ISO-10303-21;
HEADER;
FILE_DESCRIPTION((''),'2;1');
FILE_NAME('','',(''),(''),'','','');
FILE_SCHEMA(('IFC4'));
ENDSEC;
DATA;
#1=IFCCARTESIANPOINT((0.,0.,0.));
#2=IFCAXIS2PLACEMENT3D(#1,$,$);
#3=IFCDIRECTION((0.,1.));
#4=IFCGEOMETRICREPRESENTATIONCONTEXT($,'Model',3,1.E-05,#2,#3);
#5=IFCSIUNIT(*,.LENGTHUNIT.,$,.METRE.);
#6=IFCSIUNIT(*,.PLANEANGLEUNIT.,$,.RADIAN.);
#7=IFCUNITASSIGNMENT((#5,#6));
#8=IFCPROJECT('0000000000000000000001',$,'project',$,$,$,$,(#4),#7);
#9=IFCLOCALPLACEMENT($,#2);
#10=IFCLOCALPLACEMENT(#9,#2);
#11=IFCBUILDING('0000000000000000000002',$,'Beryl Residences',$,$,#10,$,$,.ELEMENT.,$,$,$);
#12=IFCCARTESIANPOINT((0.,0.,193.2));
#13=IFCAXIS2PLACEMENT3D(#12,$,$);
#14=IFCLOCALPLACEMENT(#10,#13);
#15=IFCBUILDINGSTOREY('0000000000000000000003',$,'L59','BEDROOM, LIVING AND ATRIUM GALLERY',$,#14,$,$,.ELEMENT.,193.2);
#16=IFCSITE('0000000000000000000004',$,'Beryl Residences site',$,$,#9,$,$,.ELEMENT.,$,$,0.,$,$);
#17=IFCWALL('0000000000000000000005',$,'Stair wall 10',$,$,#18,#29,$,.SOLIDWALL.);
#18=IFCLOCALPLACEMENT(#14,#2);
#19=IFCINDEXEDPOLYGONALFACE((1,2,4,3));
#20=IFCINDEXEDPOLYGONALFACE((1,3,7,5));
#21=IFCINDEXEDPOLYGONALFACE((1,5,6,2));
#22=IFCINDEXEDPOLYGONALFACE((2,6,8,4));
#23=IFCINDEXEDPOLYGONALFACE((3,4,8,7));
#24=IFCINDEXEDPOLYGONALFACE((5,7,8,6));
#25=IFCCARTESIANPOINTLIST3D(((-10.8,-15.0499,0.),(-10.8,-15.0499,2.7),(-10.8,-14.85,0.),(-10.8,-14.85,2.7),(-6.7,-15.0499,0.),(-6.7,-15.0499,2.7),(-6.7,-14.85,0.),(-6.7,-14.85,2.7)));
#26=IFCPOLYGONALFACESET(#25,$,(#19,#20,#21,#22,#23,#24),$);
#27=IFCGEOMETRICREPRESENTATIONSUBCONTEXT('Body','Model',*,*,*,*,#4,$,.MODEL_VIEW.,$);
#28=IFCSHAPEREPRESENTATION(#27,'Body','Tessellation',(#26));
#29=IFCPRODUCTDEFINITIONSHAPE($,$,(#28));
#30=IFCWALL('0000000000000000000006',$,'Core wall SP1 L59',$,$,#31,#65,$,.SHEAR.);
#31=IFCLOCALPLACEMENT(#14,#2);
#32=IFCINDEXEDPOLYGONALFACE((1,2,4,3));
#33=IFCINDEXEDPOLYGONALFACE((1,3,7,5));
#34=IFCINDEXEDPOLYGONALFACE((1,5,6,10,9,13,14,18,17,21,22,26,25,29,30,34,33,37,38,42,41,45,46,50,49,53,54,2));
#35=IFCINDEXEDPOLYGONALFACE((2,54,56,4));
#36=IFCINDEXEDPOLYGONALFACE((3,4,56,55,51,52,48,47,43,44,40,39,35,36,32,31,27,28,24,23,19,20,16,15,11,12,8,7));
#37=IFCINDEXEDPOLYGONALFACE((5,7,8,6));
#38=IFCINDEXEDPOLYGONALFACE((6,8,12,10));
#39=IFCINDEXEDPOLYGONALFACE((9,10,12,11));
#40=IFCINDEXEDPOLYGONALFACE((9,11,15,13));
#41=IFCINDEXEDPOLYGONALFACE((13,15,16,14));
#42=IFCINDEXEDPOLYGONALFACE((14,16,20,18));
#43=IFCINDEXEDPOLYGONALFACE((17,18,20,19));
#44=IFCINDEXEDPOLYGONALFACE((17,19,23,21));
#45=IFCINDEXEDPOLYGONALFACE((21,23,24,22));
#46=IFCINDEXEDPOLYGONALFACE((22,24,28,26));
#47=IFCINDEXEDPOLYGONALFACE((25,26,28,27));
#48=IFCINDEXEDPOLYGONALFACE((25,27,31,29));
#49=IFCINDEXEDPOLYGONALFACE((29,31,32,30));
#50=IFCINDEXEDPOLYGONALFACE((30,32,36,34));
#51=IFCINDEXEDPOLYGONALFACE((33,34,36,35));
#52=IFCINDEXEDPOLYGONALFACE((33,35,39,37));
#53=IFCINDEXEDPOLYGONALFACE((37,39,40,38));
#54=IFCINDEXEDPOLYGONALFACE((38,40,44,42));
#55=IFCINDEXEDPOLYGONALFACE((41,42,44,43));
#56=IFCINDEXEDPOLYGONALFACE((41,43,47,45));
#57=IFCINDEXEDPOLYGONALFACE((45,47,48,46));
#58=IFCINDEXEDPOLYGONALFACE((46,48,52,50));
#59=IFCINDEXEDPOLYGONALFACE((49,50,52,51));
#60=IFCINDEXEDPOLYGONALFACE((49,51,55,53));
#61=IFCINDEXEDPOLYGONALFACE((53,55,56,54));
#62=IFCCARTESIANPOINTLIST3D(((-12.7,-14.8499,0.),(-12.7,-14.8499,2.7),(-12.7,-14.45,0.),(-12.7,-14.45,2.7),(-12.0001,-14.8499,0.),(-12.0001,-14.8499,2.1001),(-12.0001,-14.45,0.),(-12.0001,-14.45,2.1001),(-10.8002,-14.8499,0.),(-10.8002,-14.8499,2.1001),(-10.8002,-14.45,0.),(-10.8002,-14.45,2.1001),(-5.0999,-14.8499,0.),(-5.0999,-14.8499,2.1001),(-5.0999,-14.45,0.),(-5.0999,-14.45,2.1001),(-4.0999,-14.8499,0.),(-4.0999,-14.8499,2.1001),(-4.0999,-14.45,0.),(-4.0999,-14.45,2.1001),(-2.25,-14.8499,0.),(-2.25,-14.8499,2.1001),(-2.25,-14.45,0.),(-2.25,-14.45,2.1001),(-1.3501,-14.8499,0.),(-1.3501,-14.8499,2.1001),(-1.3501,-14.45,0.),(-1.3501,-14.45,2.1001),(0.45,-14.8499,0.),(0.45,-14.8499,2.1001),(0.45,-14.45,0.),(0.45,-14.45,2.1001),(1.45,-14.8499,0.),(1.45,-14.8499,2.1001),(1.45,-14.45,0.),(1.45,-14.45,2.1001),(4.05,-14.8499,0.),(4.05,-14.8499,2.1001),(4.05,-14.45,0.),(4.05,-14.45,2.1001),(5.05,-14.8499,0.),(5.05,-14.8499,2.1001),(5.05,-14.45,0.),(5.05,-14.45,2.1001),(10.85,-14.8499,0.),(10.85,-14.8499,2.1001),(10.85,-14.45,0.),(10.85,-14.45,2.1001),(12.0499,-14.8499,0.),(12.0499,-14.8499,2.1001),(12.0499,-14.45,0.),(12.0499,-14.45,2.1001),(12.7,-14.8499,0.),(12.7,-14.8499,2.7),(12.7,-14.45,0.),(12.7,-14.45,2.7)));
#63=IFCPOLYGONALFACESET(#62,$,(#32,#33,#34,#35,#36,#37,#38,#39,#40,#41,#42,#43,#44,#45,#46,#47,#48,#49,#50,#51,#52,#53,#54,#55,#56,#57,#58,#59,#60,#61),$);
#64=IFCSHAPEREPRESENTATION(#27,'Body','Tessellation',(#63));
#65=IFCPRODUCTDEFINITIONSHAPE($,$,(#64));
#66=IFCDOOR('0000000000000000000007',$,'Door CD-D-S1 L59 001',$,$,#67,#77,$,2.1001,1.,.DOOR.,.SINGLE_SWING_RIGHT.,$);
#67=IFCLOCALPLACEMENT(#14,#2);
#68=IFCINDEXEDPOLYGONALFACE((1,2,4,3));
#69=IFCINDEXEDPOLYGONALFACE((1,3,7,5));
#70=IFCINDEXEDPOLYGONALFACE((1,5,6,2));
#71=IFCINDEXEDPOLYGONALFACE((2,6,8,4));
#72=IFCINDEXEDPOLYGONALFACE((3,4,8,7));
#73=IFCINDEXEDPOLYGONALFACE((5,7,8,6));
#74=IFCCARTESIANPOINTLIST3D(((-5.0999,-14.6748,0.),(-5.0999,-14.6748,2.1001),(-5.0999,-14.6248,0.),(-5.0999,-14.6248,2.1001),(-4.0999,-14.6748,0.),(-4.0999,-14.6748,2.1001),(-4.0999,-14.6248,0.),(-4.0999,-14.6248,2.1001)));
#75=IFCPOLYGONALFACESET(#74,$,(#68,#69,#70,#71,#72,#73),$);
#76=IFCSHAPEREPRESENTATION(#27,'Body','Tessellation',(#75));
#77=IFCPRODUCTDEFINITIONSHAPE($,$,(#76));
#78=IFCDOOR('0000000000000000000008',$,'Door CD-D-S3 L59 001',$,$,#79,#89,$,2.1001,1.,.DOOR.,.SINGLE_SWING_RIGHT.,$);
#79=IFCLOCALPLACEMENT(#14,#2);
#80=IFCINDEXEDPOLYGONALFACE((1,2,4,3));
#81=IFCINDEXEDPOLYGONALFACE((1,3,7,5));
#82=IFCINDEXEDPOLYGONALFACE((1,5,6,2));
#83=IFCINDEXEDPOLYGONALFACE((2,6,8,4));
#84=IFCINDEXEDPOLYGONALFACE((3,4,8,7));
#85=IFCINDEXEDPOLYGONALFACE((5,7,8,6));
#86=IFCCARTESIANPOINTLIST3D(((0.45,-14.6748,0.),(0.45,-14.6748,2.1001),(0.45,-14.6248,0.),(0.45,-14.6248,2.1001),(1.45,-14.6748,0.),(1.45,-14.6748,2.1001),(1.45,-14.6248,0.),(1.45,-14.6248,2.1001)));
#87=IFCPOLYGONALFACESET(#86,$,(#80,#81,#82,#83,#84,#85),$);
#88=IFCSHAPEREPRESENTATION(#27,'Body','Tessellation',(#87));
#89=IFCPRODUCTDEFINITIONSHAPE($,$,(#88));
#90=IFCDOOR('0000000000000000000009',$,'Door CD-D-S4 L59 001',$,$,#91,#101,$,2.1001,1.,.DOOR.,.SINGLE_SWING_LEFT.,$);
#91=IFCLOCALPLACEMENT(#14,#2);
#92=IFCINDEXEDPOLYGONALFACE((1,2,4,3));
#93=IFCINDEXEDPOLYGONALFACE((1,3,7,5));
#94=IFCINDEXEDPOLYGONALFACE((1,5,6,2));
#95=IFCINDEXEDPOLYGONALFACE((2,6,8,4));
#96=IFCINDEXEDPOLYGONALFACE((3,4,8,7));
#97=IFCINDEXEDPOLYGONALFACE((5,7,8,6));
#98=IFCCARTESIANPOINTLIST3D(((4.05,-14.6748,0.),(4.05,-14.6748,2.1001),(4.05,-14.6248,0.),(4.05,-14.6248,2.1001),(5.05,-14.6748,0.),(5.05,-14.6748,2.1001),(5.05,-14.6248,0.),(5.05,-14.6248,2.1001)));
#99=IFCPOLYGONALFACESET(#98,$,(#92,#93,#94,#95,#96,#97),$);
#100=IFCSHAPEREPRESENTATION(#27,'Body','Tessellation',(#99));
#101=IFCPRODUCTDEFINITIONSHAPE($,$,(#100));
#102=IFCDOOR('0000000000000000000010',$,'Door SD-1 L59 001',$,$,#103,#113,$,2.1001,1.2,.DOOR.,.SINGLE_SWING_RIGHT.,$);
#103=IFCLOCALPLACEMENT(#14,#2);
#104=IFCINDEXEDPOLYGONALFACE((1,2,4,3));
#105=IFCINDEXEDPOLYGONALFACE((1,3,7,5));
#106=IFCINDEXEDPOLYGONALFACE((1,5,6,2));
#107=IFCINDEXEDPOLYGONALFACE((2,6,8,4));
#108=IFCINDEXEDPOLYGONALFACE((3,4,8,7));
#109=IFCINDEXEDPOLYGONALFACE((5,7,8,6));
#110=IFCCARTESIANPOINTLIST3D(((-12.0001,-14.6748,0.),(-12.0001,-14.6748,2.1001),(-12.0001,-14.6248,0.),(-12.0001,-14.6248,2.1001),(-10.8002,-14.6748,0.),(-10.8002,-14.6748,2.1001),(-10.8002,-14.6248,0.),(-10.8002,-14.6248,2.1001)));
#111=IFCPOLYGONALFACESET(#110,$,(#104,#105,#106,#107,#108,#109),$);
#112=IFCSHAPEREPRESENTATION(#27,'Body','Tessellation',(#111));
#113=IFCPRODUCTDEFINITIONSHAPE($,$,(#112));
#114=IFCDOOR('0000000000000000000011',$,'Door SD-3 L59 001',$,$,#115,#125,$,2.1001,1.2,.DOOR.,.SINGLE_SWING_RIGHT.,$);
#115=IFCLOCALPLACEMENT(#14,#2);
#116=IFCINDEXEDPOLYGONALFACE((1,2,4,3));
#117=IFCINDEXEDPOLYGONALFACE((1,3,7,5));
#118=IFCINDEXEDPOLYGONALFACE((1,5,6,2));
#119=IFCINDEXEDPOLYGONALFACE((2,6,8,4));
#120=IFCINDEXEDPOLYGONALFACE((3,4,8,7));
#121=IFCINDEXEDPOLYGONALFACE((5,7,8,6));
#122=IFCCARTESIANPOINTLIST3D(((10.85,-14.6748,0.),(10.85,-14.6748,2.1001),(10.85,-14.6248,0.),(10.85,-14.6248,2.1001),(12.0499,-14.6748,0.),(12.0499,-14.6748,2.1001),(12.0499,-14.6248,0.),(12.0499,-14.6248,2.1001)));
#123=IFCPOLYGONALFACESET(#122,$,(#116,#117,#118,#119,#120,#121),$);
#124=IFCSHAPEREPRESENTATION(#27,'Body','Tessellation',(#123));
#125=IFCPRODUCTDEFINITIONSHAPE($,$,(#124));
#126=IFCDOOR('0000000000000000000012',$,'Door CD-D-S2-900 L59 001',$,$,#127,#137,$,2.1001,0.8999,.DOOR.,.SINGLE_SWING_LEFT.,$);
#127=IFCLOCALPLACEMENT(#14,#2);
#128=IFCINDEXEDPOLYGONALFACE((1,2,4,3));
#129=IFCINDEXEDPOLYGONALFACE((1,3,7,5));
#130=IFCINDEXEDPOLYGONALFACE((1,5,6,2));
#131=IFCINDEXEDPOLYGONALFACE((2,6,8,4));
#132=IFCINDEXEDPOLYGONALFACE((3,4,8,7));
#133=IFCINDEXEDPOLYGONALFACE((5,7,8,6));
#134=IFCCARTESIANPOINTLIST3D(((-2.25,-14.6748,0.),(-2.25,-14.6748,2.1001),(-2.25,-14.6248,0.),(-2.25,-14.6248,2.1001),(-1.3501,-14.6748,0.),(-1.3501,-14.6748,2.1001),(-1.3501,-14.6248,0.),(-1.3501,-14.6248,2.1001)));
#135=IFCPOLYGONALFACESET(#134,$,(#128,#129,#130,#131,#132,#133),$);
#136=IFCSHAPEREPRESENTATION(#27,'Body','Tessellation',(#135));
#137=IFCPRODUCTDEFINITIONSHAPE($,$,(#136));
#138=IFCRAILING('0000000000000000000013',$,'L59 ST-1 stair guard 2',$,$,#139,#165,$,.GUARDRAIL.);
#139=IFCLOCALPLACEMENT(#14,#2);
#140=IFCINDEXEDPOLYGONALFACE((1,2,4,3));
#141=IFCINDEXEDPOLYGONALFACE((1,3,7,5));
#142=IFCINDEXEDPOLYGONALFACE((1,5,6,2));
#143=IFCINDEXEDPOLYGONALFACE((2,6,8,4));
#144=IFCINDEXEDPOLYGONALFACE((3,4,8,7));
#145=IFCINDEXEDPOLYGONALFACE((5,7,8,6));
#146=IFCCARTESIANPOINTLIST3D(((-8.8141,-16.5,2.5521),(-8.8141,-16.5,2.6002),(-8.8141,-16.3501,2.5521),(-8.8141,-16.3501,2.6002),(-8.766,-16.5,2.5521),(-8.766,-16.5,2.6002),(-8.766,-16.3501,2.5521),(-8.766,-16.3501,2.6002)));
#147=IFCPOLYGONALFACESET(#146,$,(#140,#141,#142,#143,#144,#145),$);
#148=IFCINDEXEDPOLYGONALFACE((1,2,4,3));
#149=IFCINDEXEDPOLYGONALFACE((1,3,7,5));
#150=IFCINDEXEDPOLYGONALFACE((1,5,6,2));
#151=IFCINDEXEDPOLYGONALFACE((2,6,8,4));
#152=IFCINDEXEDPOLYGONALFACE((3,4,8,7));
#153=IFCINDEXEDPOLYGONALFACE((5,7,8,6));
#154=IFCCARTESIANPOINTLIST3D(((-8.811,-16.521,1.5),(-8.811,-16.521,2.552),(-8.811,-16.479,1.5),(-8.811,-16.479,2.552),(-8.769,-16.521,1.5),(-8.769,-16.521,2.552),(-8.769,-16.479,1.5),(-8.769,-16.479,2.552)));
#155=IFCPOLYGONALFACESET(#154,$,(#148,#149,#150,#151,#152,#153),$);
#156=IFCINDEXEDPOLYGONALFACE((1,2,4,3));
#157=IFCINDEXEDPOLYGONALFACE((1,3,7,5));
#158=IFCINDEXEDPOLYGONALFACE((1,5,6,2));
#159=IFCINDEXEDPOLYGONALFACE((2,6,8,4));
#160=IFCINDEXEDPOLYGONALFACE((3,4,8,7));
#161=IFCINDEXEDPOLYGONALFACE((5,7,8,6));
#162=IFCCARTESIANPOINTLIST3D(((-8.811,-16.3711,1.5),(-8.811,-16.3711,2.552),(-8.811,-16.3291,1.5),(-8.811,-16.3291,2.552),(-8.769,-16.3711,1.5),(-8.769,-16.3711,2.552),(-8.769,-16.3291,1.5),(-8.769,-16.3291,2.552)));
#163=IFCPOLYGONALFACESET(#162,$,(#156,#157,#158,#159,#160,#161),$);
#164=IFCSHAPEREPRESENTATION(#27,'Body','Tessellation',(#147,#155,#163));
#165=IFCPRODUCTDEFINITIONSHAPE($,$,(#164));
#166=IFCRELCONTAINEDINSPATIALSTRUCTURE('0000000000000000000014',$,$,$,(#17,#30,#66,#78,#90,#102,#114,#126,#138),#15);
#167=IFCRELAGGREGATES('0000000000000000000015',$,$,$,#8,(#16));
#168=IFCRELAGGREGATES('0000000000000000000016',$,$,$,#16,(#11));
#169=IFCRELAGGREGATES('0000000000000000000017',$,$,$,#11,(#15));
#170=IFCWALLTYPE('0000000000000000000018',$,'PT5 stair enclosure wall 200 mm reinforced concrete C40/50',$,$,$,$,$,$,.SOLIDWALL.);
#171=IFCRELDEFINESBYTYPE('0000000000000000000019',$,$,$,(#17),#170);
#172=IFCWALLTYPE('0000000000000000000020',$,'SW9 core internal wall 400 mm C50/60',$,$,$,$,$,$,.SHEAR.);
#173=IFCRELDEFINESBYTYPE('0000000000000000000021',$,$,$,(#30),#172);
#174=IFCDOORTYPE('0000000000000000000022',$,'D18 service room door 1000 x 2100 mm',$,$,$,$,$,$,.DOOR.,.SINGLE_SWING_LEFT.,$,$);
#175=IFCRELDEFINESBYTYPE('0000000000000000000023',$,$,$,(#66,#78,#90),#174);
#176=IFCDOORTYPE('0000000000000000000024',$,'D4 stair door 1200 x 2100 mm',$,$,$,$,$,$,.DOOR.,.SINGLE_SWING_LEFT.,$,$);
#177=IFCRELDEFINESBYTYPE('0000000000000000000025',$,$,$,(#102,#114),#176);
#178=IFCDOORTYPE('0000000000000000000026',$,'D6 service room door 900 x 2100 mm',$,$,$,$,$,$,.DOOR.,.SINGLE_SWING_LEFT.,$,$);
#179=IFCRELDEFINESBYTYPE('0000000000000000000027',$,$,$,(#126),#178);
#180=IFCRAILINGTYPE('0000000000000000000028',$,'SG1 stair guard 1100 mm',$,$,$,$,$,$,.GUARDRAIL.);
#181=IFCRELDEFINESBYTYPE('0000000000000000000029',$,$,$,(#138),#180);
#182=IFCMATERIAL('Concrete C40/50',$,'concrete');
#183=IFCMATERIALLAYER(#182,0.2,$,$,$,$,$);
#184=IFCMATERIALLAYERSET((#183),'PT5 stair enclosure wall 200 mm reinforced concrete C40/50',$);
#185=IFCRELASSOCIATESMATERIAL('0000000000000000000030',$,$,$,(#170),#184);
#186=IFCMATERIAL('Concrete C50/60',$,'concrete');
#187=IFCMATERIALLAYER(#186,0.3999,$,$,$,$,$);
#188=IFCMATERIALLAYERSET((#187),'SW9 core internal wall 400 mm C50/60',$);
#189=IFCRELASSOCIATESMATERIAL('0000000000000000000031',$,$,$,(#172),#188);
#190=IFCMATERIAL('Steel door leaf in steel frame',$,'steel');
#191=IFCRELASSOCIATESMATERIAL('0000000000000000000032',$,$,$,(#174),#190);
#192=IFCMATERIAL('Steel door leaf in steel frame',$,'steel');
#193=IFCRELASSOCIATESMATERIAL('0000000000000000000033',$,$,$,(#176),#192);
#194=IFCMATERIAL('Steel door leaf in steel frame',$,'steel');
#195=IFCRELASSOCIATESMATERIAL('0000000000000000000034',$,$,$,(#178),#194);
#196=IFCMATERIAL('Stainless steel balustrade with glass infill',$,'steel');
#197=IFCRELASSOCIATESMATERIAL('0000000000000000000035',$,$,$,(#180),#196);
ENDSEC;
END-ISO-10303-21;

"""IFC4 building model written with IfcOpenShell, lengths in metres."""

from ifc_helpers import new_model, si_unit, direction, frame, frame_2d, origin, origin_2d, place, context, subcontext, project, spatial, rectangle, extrude, material, layer, layer_set, type_object, element, fill, save


model = new_model("IFC4")

# Units and contexts
model_context = context("Model", 3, precision=1e-05, world=origin(), true_north=direction((0.0, 1.0)))
body_context = subcontext(model_context, "Body", "Model", "MODEL_VIEW")
ifc_project = project(units=[si_unit("LENGTHUNIT", "METRE"), si_unit("PLANEANGLEUNIT", "RADIAN")], contexts=[model_context])

# Site, building, storey
site_placement = place(None, origin())
site = spatial("IfcSite", under=ifc_project, at=site_placement, Name="Beryl Residences site", CompositionType="ELEMENT", RefElevation=0.0)
building_placement = place(site_placement, origin())
building = spatial("IfcBuilding", under=site, at=building_placement, Name="Beryl Residences", CompositionType="ELEMENT")
storey_placement = place(building_placement, frame((0.0, 0.0, 193.2)))
storey = spatial("IfcBuildingStorey", under=building, at=storey_placement, Name="L59", Description="BEDROOM, LIVING AND ATRIUM GALLERY", CompositionType="ELEMENT", Elevation=193.2)

# Wall
ifc_material_1 = material(Name="Concrete C40/50", Category="concrete")
ifc_layer_1 = layer(ifc_material_1, 0.2)
ifc_layer_set_1 = layer_set([ifc_layer_1], Name="PT5 stair enclosure wall 200 mm reinforced concrete C40/50")
wall_type_1 = type_object("IfcWallType", Name="PT5 stair enclosure wall 200 mm reinforced concrete C40/50", PredefinedType="SOLIDWALL", material=ifc_layer_set_1)
wall_1_placement = place(storey_placement, frame((-10.8, -14.95, 0.0), z_axis=(0.0, 0.0, 1.0), x_axis=(1.0, 0.0, 0.0)))
element("IfcWall", 1, at=wall_1_placement, inside=storey, type_object=wall_type_1, Name="Stair wall 10", PredefinedType="SOLIDWALL", context=body_context, shape_type="SweptSolid", body=[
    extrude(rectangle(XDim=4.1001, YDim=0.2, at=frame_2d((2.05, 0.0))), origin(), (0.0, 0.0, 1.0), 2.7),
])

# Wall, openings, doors
ifc_material_2 = material(Name="Concrete C50/60", Category="concrete")
ifc_layer_2 = layer(ifc_material_2, 0.3999)
ifc_layer_set_2 = layer_set([ifc_layer_2], Name="SW9 core internal wall 400 mm C50/60")
wall_type_2 = type_object("IfcWallType", Name="SW9 core internal wall 400 mm C50/60", PredefinedType="SHEAR", material=ifc_layer_set_2)
wall_2_placement = place(storey_placement, frame((-12.7, -14.6499, 0.0), z_axis=(0.0, 0.0, 1.0), x_axis=(1.0, 0.0, 0.0)))
wall_2 = element("IfcWall", 2, at=wall_2_placement, inside=storey, type_object=wall_type_2, Name="Core wall SP1 L59", PredefinedType="SHEAR", context=body_context, shape_type="SweptSolid", body=[
    extrude(rectangle(XDim=25.3999, YDim=0.3999, at=frame_2d((12.7, 0.0))), origin(), (0.0, 0.0, 1.0), 2.7),
])
opening_1_placement = place(wall_2_placement, frame((1.8999, 0.0, 0.0), z_axis=(0.0, 0.0, 1.0), x_axis=(-1.0, 0.0, 0.0)))
opening_1 = element("IfcOpeningElement", 3, at=opening_1_placement, cuts=wall_2, PredefinedType="OPENING", context=body_context, shape_type="SweptSolid", body=[
    extrude(rectangle(XDim=1.2, YDim=2.1001, at=frame_2d((0.6001, 1.05))), frame((0.0, 0.21, 0.0), z_axis=(0.0, -1.0, 0.0), x_axis=(1.0, 0.0, 0.0)), (0.0, 0.0, 1.0), 0.4199),
])
opening_2_placement = place(wall_2_placement, frame((24.75, 0.0, 0.0), z_axis=(0.0, 0.0, 1.0), x_axis=(-1.0, 0.0, 0.0)))
opening_2 = element("IfcOpeningElement", 4, at=opening_2_placement, cuts=wall_2, PredefinedType="OPENING", context=body_context, shape_type="SweptSolid", body=[
    extrude(rectangle(XDim=1.2, YDim=2.1001, at=frame_2d((0.6001, 1.05))), frame((0.0, 0.21, 0.0), z_axis=(0.0, -1.0, 0.0), x_axis=(1.0, 0.0, 0.0)), (0.0, 0.0, 1.0), 0.4199),
])
opening_3_placement = place(wall_2_placement, frame((8.6001, 0.0, 0.0), z_axis=(0.0, 0.0, 1.0), x_axis=(-1.0, 0.0, 0.0)))
opening_3 = element("IfcOpeningElement", 5, at=opening_3_placement, cuts=wall_2, PredefinedType="OPENING", context=body_context, shape_type="SweptSolid", body=[
    extrude(rectangle(XDim=1.0, YDim=2.1001, at=frame_2d((0.5, 1.05))), frame((0.0, 0.21, 0.0), z_axis=(0.0, -1.0, 0.0), x_axis=(1.0, 0.0, 0.0)), (0.0, 0.0, 1.0), 0.4199),
])
opening_4_placement = place(wall_2_placement, frame((11.3499, 0.0, 0.0), z_axis=(0.0, 0.0, 1.0), x_axis=(-1.0, 0.0, 0.0)))
opening_4 = element("IfcOpeningElement", 6, at=opening_4_placement, cuts=wall_2, PredefinedType="OPENING", context=body_context, shape_type="SweptSolid", body=[
    extrude(rectangle(XDim=0.8999, YDim=2.1001, at=frame_2d((0.45, 1.05))), frame((0.0, 0.21, 0.0), z_axis=(0.0, -1.0, 0.0), x_axis=(1.0, 0.0, 0.0)), (0.0, 0.0, 1.0), 0.4199),
])
opening_5_placement = place(wall_2_placement, frame((14.1499, 0.0, 0.0), z_axis=(0.0, 0.0, 1.0), x_axis=(-1.0, 0.0, 0.0)))
opening_5 = element("IfcOpeningElement", 7, at=opening_5_placement, cuts=wall_2, PredefinedType="OPENING", context=body_context, shape_type="SweptSolid", body=[
    extrude(rectangle(XDim=1.0, YDim=2.1001, at=frame_2d((0.5, 1.05))), frame((0.0, 0.21, 0.0), z_axis=(0.0, -1.0, 0.0), x_axis=(1.0, 0.0, 0.0)), (0.0, 0.0, 1.0), 0.4199),
])
opening_6_placement = place(wall_2_placement, frame((17.75, 0.0, 0.0), z_axis=(0.0, 0.0, 1.0), x_axis=(-1.0, 0.0, 0.0)))
opening_6 = element("IfcOpeningElement", 8, at=opening_6_placement, cuts=wall_2, PredefinedType="OPENING", context=body_context, shape_type="SweptSolid", body=[
    extrude(rectangle(XDim=1.0, YDim=2.1001, at=frame_2d((0.5, 1.05))), frame((0.0, 0.21, 0.0), z_axis=(0.0, -1.0, 0.0), x_axis=(1.0, 0.0, 0.0)), (0.0, 0.0, 1.0), 0.4199),
])
ifc_material_3 = material(Name="Steel door leaf in steel frame", Category="steel")
door_type_1 = type_object("IfcDoorType", Name="D18 service room door 1000 x 2100 mm", OperationType="SINGLE_SWING_LEFT", PredefinedType="DOOR", material=ifc_material_3)
door_1_placement = place(opening_3_placement, origin())
door_1 = element("IfcDoor", 9, at=door_1_placement, inside=storey, type_object=door_type_1, Name="Door CD-D-S1 L59 001", OperationType="SINGLE_SWING_RIGHT", OverallHeight=2.1001, OverallWidth=1.0, PredefinedType="DOOR", context=body_context, shape_type="SweptSolid", body=[
    extrude(rectangle(XDim=1.0, YDim=2.1001, at=frame_2d((0.5, 1.05))), frame((0.0, 0.0249, 0.0), z_axis=(0.0, -1.0, 0.0), x_axis=(1.0, 0.0, 0.0)), (0.0, 0.0, 1.0), 0.05),
])
fill(opening_3, door_1)
door_2_placement = place(opening_5_placement, origin())
door_2 = element("IfcDoor", 10, at=door_2_placement, inside=storey, type_object=door_type_1, Name="Door CD-D-S3 L59 001", OperationType="SINGLE_SWING_RIGHT", OverallHeight=2.1001, OverallWidth=1.0, PredefinedType="DOOR", context=body_context, shape_type="SweptSolid", body=[
    extrude(rectangle(XDim=1.0, YDim=2.1001, at=frame_2d((0.5, 1.05))), frame((0.0, 0.0249, 0.0), z_axis=(0.0, -1.0, 0.0), x_axis=(1.0, 0.0, 0.0)), (0.0, 0.0, 1.0), 0.05),
])
fill(opening_5, door_2)
door_3_placement = place(opening_6_placement, origin())
door_3 = element("IfcDoor", 11, at=door_3_placement, inside=storey, type_object=door_type_1, Name="Door CD-D-S4 L59 001", OperationType="SINGLE_SWING_LEFT", OverallHeight=2.1001, OverallWidth=1.0, PredefinedType="DOOR", context=body_context, shape_type="SweptSolid", body=[
    extrude(rectangle(XDim=1.0, YDim=2.1001, at=frame_2d((0.5, 1.05))), frame((0.0, 0.0249, 0.0), z_axis=(0.0, -1.0, 0.0), x_axis=(1.0, 0.0, 0.0)), (0.0, 0.0, 1.0), 0.05),
])
fill(opening_6, door_3)
ifc_material_4 = material(Name="Steel door leaf in steel frame", Category="steel")
door_type_2 = type_object("IfcDoorType", Name="D4 stair door 1200 x 2100 mm", OperationType="SINGLE_SWING_LEFT", PredefinedType="DOOR", material=ifc_material_4)
door_4_placement = place(opening_1_placement, origin())
door_4 = element("IfcDoor", 12, at=door_4_placement, inside=storey, type_object=door_type_2, Name="Door SD-1 L59 001", OperationType="SINGLE_SWING_RIGHT", OverallHeight=2.1001, OverallWidth=1.2, PredefinedType="DOOR", context=body_context, shape_type="SweptSolid", body=[
    extrude(rectangle(XDim=1.2, YDim=2.1001, at=frame_2d((0.6001, 1.05))), frame((0.0, 0.0249, 0.0), z_axis=(0.0, -1.0, 0.0), x_axis=(1.0, 0.0, 0.0)), (0.0, 0.0, 1.0), 0.05),
])
fill(opening_1, door_4)
door_5_placement = place(opening_2_placement, origin())
door_5 = element("IfcDoor", 13, at=door_5_placement, inside=storey, type_object=door_type_2, Name="Door SD-3 L59 001", OperationType="SINGLE_SWING_RIGHT", OverallHeight=2.1001, OverallWidth=1.2, PredefinedType="DOOR", context=body_context, shape_type="SweptSolid", body=[
    extrude(rectangle(XDim=1.2, YDim=2.1001, at=frame_2d((0.6001, 1.05))), frame((0.0, 0.0249, 0.0), z_axis=(0.0, -1.0, 0.0), x_axis=(1.0, 0.0, 0.0)), (0.0, 0.0, 1.0), 0.05),
])
fill(opening_2, door_5)
ifc_material_5 = material(Name="Steel door leaf in steel frame", Category="steel")
door_type_3 = type_object("IfcDoorType", Name="D6 service room door 900 x 2100 mm", OperationType="SINGLE_SWING_LEFT", PredefinedType="DOOR", material=ifc_material_5)
door_6_placement = place(opening_4_placement, origin())
door_6 = element("IfcDoor", 14, at=door_6_placement, inside=storey, type_object=door_type_3, Name="Door CD-D-S2-900 L59 001", OperationType="SINGLE_SWING_LEFT", OverallHeight=2.1001, OverallWidth=0.8999, PredefinedType="DOOR", context=body_context, shape_type="SweptSolid", body=[
    extrude(rectangle(XDim=0.8999, YDim=2.1001, at=frame_2d((0.45, 1.05))), frame((0.0, 0.0249, 0.0), z_axis=(0.0, -1.0, 0.0), x_axis=(1.0, 0.0, 0.0)), (0.0, 0.0, 1.0), 0.05),
])
fill(opening_4, door_6)

# Railing
ifc_material_6 = material(Name="Stainless steel balustrade with glass infill", Category="steel")
railing_type_1 = type_object("IfcRailingType", Name="SG1 stair guard 1100 mm", PredefinedType="GUARDRAIL", material=ifc_material_6)
railing_1_placement = place(storey_placement, frame((-8.79, -16.5, 1.5)))
element("IfcRailing", 15, at=railing_1_placement, inside=storey, type_object=railing_type_1, Name="L59 ST-1 stair guard 2", PredefinedType="GUARDRAIL", context=body_context, shape_type="SweptSolid", body=[
    extrude(rectangle(XDim=0.0481, YDim=0.0481, at=origin_2d()), frame((0.0, 0.0, 1.0762), z_axis=(0.0, 1.0, 0.0), x_axis=(-1.0, 0.0, 0.0)), (0.0, 0.0, 1.0), 0.1499),
    extrude(rectangle(XDim=0.042, YDim=0.042, at=origin_2d()), origin(), (0.0, 0.0, 1.0), 1.052),
    extrude(rectangle(XDim=0.042, YDim=0.042, at=origin_2d()), frame((0.0, 0.1499, 0.0)), (0.0, 0.0, 1.0), 1.052),
])

save(model, "model.ifc")
